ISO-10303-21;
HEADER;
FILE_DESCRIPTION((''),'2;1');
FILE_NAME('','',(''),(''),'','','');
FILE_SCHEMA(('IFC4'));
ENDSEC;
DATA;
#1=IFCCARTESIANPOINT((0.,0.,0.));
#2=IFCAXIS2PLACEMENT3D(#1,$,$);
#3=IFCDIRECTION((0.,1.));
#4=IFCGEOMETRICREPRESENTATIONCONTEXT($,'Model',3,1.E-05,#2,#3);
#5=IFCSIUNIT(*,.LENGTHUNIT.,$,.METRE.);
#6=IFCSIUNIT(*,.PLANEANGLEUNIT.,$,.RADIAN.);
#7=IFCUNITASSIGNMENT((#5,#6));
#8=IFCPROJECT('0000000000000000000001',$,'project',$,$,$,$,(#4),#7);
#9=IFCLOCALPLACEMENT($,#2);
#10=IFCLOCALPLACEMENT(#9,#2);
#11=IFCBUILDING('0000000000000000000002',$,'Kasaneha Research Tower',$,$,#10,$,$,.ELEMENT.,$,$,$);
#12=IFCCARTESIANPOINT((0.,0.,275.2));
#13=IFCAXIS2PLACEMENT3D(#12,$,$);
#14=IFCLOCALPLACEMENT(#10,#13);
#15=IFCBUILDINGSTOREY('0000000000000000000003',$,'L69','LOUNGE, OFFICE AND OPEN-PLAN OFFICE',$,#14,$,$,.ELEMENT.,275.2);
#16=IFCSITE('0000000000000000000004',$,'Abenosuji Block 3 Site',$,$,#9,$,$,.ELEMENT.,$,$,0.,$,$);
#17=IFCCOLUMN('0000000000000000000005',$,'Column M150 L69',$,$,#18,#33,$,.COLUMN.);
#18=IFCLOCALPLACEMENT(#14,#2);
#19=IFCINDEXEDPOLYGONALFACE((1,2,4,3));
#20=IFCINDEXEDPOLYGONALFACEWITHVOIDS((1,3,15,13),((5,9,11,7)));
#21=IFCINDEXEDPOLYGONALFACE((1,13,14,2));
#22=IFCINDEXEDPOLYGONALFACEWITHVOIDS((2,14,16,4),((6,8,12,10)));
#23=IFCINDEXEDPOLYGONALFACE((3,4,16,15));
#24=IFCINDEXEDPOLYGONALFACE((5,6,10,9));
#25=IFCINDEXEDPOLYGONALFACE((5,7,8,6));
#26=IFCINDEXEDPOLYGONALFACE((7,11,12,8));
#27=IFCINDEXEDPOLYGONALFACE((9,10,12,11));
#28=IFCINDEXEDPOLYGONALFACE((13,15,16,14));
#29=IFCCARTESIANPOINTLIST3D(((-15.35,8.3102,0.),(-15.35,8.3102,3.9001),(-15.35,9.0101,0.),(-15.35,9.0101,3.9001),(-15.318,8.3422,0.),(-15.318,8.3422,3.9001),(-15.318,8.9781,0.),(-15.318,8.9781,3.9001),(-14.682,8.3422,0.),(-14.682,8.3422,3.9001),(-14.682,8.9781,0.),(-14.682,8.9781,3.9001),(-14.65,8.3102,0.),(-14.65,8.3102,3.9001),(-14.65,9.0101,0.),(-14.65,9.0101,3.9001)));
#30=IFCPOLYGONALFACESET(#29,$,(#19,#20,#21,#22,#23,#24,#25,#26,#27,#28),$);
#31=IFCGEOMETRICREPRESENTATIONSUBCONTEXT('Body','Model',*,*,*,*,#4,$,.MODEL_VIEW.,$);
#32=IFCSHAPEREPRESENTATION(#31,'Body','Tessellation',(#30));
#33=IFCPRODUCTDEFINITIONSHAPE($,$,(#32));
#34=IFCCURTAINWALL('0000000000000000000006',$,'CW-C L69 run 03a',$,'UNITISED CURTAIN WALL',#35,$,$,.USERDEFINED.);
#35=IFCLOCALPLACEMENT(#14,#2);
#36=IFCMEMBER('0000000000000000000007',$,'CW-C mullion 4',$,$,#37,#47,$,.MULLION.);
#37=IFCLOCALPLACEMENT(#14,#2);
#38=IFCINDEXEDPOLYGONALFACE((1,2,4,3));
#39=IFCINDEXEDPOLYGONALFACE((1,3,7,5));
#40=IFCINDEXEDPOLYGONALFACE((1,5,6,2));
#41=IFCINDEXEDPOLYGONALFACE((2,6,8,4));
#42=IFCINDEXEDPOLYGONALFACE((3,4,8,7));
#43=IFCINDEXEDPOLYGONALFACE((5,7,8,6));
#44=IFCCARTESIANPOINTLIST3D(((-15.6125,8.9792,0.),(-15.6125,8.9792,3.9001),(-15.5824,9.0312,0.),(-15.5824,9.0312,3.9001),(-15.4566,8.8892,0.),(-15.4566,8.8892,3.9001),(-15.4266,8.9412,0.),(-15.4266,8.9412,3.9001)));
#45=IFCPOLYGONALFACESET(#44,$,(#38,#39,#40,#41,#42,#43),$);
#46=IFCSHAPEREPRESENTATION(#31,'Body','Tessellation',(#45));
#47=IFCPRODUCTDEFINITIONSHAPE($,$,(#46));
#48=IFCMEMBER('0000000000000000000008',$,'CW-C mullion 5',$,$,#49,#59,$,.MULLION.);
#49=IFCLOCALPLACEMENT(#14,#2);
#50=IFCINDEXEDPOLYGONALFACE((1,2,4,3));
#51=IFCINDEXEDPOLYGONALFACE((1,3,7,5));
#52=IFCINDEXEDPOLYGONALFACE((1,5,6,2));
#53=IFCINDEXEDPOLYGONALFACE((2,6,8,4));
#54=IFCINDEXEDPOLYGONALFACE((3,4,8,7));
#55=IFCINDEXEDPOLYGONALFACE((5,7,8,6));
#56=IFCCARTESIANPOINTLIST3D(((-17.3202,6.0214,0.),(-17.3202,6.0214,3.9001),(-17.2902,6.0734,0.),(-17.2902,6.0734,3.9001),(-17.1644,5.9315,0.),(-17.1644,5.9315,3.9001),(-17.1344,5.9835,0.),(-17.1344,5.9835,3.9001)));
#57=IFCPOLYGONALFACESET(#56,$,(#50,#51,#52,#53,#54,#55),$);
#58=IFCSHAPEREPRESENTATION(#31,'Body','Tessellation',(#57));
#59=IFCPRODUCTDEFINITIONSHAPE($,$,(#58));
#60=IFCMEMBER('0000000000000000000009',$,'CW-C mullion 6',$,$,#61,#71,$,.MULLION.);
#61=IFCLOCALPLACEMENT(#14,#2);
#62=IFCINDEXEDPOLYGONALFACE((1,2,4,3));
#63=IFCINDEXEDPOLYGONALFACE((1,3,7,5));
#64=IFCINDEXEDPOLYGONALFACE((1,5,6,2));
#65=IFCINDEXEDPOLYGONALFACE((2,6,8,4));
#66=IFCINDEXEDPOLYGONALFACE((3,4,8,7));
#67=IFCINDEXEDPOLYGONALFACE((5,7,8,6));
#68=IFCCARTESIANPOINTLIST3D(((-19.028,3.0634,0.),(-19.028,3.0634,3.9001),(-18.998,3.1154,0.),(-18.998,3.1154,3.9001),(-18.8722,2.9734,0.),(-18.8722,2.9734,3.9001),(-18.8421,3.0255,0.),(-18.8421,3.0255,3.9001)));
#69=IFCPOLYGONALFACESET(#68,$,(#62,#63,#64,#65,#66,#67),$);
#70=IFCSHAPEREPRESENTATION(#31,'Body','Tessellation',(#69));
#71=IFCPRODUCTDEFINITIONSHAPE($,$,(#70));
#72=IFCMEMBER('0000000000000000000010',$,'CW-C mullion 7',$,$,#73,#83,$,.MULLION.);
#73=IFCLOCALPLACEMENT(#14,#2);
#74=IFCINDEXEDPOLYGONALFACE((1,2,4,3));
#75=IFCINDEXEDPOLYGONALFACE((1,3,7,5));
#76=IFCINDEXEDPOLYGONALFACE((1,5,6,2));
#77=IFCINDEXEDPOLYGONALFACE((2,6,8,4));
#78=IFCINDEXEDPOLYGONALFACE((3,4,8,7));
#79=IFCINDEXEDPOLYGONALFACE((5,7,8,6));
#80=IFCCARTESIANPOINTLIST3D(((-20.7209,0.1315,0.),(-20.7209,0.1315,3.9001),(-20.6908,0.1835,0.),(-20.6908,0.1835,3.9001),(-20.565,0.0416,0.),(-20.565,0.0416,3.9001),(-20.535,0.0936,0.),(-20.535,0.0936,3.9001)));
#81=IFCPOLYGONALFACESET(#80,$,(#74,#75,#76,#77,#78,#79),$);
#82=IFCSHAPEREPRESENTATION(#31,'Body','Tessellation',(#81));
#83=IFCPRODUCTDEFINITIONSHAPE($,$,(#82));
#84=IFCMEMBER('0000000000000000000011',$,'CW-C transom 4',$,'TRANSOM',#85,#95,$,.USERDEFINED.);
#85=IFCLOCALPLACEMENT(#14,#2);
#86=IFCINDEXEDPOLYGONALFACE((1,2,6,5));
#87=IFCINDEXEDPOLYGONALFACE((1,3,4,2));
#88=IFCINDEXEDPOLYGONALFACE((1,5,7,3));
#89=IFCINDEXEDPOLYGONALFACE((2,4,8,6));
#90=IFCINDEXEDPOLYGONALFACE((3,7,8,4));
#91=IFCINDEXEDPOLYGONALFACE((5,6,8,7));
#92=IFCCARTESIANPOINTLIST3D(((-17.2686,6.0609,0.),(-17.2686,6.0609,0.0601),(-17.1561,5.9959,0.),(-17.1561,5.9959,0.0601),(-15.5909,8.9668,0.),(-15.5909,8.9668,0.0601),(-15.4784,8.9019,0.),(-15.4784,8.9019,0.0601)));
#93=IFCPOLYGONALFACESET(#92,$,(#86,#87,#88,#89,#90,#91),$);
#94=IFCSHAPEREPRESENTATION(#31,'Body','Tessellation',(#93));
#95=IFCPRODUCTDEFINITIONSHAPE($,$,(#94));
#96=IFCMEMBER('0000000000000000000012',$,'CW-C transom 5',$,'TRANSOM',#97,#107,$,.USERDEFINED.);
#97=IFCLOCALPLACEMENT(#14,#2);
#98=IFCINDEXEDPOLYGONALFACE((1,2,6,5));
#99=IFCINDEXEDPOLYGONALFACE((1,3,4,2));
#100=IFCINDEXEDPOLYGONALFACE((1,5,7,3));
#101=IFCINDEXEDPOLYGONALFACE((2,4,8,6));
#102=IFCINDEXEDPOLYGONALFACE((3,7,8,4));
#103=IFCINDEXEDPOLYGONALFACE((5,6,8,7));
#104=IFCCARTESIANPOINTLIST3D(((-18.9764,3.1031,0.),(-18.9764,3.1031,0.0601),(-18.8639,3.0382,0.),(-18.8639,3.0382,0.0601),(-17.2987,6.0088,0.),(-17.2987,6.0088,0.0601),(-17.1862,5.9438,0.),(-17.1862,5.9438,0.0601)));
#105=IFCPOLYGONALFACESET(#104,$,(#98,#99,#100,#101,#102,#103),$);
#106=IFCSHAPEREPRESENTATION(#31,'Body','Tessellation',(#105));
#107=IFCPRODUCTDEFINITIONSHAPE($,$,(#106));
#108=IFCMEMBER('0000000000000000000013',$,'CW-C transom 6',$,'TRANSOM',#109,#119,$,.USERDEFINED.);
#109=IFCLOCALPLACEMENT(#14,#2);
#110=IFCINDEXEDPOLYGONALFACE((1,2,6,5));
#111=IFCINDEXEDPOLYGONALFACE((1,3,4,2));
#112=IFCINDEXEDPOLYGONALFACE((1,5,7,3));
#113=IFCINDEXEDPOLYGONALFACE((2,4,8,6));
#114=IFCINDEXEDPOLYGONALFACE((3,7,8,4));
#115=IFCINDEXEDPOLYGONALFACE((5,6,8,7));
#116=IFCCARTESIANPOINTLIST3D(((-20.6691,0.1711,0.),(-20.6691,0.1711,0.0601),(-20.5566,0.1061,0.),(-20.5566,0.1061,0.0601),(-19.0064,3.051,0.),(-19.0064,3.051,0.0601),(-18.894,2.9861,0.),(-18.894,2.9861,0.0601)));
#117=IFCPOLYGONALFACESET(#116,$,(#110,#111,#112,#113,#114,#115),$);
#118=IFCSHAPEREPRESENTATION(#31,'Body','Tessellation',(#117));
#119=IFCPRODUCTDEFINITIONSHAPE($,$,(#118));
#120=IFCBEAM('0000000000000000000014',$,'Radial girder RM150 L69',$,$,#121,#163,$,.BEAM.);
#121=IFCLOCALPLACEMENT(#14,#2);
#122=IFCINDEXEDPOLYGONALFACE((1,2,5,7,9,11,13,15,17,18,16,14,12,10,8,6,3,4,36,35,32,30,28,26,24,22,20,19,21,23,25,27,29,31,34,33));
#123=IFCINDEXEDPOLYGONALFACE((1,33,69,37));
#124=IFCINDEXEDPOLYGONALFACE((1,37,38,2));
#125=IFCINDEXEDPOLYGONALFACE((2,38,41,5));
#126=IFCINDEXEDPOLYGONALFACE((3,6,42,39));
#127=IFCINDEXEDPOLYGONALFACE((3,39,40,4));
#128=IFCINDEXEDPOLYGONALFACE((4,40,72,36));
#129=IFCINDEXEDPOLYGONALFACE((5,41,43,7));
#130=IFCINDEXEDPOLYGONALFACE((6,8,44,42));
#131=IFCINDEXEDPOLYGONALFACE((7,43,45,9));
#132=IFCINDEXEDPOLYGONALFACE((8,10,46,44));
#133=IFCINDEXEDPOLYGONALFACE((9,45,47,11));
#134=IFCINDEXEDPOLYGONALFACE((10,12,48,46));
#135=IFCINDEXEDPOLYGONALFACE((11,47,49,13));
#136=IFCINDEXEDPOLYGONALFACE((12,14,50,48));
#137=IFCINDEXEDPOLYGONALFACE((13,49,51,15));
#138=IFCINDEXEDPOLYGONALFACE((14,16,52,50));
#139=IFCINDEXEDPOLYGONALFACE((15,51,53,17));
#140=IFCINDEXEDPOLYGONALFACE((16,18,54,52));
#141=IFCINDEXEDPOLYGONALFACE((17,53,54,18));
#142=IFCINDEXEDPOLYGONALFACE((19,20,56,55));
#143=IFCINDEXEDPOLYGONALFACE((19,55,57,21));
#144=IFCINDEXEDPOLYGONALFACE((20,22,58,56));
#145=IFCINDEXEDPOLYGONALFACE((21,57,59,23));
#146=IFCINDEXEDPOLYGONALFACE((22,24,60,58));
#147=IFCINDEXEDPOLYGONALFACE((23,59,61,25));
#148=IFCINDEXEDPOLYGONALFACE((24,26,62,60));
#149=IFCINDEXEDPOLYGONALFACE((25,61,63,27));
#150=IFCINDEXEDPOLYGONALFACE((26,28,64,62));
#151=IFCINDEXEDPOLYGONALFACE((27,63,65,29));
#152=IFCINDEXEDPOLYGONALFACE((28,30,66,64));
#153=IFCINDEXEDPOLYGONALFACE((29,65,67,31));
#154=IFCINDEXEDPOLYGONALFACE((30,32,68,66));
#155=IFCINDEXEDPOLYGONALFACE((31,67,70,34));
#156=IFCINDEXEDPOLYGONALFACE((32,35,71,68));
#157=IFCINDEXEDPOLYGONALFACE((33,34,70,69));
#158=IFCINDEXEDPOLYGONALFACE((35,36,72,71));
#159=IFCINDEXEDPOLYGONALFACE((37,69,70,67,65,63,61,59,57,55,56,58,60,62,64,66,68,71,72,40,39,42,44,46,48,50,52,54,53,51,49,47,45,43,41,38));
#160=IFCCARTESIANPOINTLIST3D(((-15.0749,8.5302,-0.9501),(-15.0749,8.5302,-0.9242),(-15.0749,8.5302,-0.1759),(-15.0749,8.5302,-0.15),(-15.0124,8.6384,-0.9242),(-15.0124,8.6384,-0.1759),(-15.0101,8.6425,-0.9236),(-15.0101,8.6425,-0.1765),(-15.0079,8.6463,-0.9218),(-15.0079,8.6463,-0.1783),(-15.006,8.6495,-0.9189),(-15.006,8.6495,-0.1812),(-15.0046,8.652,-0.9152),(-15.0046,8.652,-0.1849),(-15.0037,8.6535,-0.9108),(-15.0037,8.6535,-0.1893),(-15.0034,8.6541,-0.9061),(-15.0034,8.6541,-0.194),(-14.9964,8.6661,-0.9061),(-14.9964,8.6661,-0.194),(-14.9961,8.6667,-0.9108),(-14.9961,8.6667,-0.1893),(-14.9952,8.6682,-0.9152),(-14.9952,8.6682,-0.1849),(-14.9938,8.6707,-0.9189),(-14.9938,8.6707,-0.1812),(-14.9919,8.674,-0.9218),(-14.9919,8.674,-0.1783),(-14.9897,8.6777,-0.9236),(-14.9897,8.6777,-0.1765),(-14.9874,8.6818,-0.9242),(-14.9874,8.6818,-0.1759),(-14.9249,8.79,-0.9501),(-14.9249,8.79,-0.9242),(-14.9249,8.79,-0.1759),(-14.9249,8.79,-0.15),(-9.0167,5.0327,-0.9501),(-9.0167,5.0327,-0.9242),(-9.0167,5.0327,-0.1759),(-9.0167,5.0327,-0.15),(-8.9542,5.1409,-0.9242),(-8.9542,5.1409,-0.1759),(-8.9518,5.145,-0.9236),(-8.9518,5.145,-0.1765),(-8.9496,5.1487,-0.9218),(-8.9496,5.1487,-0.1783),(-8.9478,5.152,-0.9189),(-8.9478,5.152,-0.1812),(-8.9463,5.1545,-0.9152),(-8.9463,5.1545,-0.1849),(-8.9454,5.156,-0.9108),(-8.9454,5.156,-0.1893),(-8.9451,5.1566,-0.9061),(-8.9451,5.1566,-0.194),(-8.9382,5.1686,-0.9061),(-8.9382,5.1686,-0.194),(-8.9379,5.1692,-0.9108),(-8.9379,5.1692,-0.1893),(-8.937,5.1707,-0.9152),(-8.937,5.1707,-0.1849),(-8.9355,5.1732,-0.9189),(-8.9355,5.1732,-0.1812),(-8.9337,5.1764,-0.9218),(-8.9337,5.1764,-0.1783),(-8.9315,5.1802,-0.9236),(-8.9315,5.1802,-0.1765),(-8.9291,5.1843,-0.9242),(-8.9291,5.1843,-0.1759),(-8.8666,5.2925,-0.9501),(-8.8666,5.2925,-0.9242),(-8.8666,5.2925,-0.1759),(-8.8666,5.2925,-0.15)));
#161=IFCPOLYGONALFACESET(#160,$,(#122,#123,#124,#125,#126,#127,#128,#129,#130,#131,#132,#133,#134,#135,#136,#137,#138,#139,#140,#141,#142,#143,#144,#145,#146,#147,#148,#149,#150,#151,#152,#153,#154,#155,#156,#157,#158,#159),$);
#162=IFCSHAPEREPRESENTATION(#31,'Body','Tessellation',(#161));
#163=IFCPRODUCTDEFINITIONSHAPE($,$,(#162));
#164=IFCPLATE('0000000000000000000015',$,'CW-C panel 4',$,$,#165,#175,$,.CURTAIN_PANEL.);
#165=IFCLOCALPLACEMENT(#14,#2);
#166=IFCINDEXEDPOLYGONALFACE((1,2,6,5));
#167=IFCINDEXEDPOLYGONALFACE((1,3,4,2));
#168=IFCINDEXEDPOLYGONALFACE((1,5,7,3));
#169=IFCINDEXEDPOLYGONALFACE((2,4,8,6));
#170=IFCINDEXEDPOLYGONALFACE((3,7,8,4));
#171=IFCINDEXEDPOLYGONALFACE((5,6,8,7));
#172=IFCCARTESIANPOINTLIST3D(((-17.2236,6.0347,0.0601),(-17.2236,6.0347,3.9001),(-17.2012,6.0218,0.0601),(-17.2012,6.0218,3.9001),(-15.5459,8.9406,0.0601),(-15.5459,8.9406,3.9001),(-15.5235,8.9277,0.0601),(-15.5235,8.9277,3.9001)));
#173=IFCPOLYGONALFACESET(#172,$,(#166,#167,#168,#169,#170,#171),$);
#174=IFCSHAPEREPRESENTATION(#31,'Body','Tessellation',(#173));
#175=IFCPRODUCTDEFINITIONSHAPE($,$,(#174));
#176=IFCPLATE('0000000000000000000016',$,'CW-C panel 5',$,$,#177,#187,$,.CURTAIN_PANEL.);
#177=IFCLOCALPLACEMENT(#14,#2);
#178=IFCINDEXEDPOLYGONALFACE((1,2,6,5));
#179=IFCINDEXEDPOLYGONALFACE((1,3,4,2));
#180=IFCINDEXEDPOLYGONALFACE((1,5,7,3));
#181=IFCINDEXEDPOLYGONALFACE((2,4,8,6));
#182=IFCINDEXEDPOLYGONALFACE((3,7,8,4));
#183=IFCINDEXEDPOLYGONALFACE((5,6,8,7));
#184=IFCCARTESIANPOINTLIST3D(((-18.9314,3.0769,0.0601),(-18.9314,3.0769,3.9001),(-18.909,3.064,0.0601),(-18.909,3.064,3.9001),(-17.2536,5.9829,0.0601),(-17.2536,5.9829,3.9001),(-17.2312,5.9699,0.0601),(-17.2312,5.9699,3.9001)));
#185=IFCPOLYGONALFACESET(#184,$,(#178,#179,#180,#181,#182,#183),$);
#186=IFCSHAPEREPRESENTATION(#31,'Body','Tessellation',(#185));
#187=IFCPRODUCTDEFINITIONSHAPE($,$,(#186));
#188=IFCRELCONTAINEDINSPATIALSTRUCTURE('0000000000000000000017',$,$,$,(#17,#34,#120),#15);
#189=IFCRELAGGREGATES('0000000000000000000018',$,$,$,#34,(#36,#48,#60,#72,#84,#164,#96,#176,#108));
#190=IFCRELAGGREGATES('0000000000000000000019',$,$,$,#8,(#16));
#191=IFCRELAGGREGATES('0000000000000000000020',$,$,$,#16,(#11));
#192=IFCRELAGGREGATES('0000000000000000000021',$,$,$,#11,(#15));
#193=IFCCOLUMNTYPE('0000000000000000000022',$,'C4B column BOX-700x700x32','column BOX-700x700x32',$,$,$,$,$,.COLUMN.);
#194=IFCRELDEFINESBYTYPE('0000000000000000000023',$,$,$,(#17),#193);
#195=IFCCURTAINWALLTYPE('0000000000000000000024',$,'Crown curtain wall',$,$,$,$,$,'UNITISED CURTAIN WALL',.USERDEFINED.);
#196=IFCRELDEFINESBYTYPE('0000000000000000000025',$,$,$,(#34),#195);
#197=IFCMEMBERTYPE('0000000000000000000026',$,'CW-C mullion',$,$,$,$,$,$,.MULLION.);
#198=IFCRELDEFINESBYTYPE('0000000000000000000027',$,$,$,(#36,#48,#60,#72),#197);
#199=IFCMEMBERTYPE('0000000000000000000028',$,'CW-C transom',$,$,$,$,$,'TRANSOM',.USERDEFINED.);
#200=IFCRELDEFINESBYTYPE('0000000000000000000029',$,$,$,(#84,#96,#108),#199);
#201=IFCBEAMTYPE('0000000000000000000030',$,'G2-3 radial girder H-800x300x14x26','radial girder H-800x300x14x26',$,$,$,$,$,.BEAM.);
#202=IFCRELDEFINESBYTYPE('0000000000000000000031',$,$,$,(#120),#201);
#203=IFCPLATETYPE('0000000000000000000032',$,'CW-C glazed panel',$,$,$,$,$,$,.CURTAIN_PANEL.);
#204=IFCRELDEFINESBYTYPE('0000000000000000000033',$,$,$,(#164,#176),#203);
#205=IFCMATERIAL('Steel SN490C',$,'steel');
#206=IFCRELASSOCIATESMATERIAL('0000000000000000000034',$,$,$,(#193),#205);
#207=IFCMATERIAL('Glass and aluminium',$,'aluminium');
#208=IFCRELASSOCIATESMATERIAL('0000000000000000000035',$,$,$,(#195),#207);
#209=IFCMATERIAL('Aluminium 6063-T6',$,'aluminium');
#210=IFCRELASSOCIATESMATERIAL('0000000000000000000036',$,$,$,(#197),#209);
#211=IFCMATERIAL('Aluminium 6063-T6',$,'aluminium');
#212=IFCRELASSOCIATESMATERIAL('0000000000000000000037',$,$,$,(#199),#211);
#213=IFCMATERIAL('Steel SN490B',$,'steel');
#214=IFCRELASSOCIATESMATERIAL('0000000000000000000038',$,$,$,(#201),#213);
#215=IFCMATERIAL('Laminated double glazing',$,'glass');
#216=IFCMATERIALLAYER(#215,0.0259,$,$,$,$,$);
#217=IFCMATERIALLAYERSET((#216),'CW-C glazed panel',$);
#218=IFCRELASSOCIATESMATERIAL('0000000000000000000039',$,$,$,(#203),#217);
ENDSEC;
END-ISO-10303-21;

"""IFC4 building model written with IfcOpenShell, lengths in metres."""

from ifc_helpers import new_model, si_unit, direction, frame, origin, origin_2d, place, context, subcontext, project, spatial, rectangle, hollow_rectangle, i_section, extrude, material, layer, layer_set, material_profile, profile_set, type_object, element, aggregate, save


model = new_model("IFC4")

# Units and contexts
model_context = context("Model", 3, precision=1e-05, world=origin(), true_north=direction((0.0, 1.0)))
body_context = subcontext(model_context, "Body", "Model", "MODEL_VIEW")
ifc_project = project(units=[si_unit("LENGTHUNIT", "METRE"), si_unit("PLANEANGLEUNIT", "RADIAN")], contexts=[model_context])

# Site, building, storey
site_placement = place(None, origin())
site = spatial("IfcSite", under=ifc_project, at=site_placement, Name="Abenosuji Block 3 Site", CompositionType="ELEMENT", RefElevation=0.0)
building_placement = place(site_placement, origin())
building = spatial("IfcBuilding", under=site, at=building_placement, Name="Kasaneha Research Tower", CompositionType="ELEMENT")
storey_placement = place(building_placement, frame((0.0, 0.0, 275.2)))
storey = spatial("IfcBuildingStorey", under=building, at=storey_placement, Name="L69", Description="LOUNGE, OFFICE AND OPEN-PLAN OFFICE", CompositionType="ELEMENT", Elevation=275.2)

# Column
ifc_material_1 = material(Name="Steel SN490C", Category="steel")
ifc_material_profile_1 = material_profile(ifc_material_1, hollow_rectangle(XDim=0.7, YDim=0.7, WallThickness=0.032, at=origin_2d()), Name="BOX-700x700x32")
ifc_profile_set_1 = profile_set([ifc_material_profile_1], Name="Steel SN490C")
column_type = type_object("IfcColumnType", Name="C4B column BOX-700x700x32", Description="column BOX-700x700x32", PredefinedType="COLUMN", material=ifc_profile_set_1)
column_placement = place(storey_placement, frame((-15.0, 8.6602, 0.0), z_axis=(0.0, 0.0, 1.0), x_axis=(1.0, 0.0, 0.0)))
element("IfcColumn", 1, at=column_placement, inside=storey, type_object=column_type, Name="Column M150 L69", PredefinedType="COLUMN", context=body_context, shape_type="SweptSolid", body=[
    extrude(hollow_rectangle(XDim=0.7, YDim=0.7, WallThickness=0.032, at=origin_2d()), origin(), (0.0, 0.0, 1.0), 3.9001),
])

# Curtain wall, members
ifc_material_2 = material(Name="Glass and aluminium", Category="aluminium")
curtain_wall_type = type_object("IfcCurtainWallType", Name="Crown curtain wall", ElementType="UNITISED CURTAIN WALL", PredefinedType="USERDEFINED", material=ifc_material_2)
curtain_wall_placement = place(storey_placement, origin())
curtain_wall = element("IfcCurtainWall", 2, at=curtain_wall_placement, inside=storey, type_object=curtain_wall_type, Name="CW-C L69 run 03a", ObjectType="UNITISED CURTAIN WALL", PredefinedType="USERDEFINED")
ifc_material_3 = material(Name="Aluminium 6063-T6", Category="aluminium")
ifc_material_profile_2 = material_profile(ifc_material_3, rectangle(XDim=0.0601, YDim=0.1799, at=origin_2d()), Name="CW-C mullion 60x180")
ifc_profile_set_2 = profile_set([ifc_material_profile_2], Name="Aluminium 6063-T6")
member_type_1 = type_object("IfcMemberType", Name="CW-C mullion", PredefinedType="MULLION", material=ifc_profile_set_2)
member_1_placement = place(storey_placement, frame((-15.5195, 8.9602, 0.0), z_axis=(0.0, 0.0, 1.0), x_axis=(-0.5, -0.866025, 0.0)))
member_1 = element("IfcMember", 3, at=member_1_placement, type_object=member_type_1, Name="CW-C mullion 4", PredefinedType="MULLION", context=body_context, shape_type="SweptSolid", body=[
    extrude(rectangle(XDim=0.0601, YDim=0.1799, at=origin_2d()), origin(), (0.0, 0.0, 1.0), 3.9001),
])
member_2_placement = place(storey_placement, frame((-17.2273, 6.0024, 0.0), z_axis=(0.0, 0.0, 1.0), x_axis=(-0.5, -0.866025, 0.0)))
member_2 = element("IfcMember", 4, at=member_2_placement, type_object=member_type_1, Name="CW-C mullion 5", PredefinedType="MULLION", context=body_context, shape_type="SweptSolid", body=[
    extrude(rectangle(XDim=0.0601, YDim=0.1799, at=origin_2d()), origin(), (0.0, 0.0, 1.0), 3.9001),
])
member_3_placement = place(storey_placement, frame((-18.9351, 3.0444, 0.0), z_axis=(0.0, 0.0, 1.0), x_axis=(-0.5, -0.866025, 0.0)))
member_3 = element("IfcMember", 5, at=member_3_placement, type_object=member_type_1, Name="CW-C mullion 6", PredefinedType="MULLION", context=body_context, shape_type="SweptSolid", body=[
    extrude(rectangle(XDim=0.0601, YDim=0.1799, at=origin_2d()), origin(), (0.0, 0.0, 1.0), 3.9001),
])
member_4_placement = place(storey_placement, frame((-20.6279, 0.1125, 0.0), z_axis=(0.0, 0.0, 1.0), x_axis=(-0.5, -0.866025, 0.0)))
member_4 = element("IfcMember", 6, at=member_4_placement, type_object=member_type_1, Name="CW-C mullion 7", PredefinedType="MULLION", context=body_context, shape_type="SweptSolid", body=[
    extrude(rectangle(XDim=0.0601, YDim=0.1799, at=origin_2d()), origin(), (0.0, 0.0, 1.0), 3.9001),
])
ifc_material_4 = material(Name="Aluminium 6063-T6", Category="aluminium")
ifc_material_profile_3 = material_profile(ifc_material_4, rectangle(XDim=0.1299, YDim=0.0601, at=origin_2d()), Name="CW-C transom 130x60")
ifc_profile_set_3 = profile_set([ifc_material_profile_3], Name="Aluminium 6063-T6")
member_type_2 = type_object("IfcMemberType", Name="CW-C transom", ElementType="TRANSOM", PredefinedType="USERDEFINED", material=ifc_profile_set_3)
member_5_placement = place(storey_placement, frame((-15.5347, 8.9343, 0.03), z_axis=(-0.499989, -0.866032, 0.0), x_axis=(0.866032, -0.499989, 0.0)))
member_5 = element("IfcMember", 7, at=member_5_placement, type_object=member_type_2, Name="CW-C transom 4", ObjectType="TRANSOM", PredefinedType="USERDEFINED", context=body_context, shape_type="SweptSolid", body=[
    extrude(rectangle(XDim=0.1299, YDim=0.0601, at=origin_2d()), origin(), (0.0, 0.0, 1.0), 3.3555),
])
member_6_placement = place(storey_placement, frame((-17.2424, 5.9763, 0.03), z_axis=(-0.500021, -0.866014, 0.0), x_axis=(0.866014, -0.500021, 0.0)))
member_6 = element("IfcMember", 8, at=member_6_placement, type_object=member_type_2, Name="CW-C transom 5", ObjectType="TRANSOM", PredefinedType="USERDEFINED", context=body_context, shape_type="SweptSolid", body=[
    extrude(rectangle(XDim=0.1299, YDim=0.0601, at=origin_2d()), origin(), (0.0, 0.0, 1.0), 3.3552),
])
member_7_placement = place(storey_placement, frame((-18.9502, 3.0186, 0.03), z_axis=(-0.499977, -0.866039, 0.0), x_axis=(0.866039, -0.499977, 0.0)))
member_7 = element("IfcMember", 9, at=member_7_placement, type_object=member_type_2, Name="CW-C transom 6", ObjectType="TRANSOM", PredefinedType="USERDEFINED", context=body_context, shape_type="SweptSolid", body=[
    extrude(rectangle(XDim=0.1299, YDim=0.0601, at=origin_2d()), origin(), (0.0, 0.0, 1.0), 3.3254),
])

# Beam
ifc_material_5 = material(Name="Steel SN490B", Category="steel")
ifc_material_profile_4 = material_profile(ifc_material_5, i_section(OverallWidth=0.3, OverallDepth=0.8, WebThickness=0.0139, FlangeThickness=0.0259, FilletRadius=0.0181, at=origin_2d()), Name="H-800x300x14x26")
ifc_profile_set_4 = profile_set([ifc_material_profile_4], Name="Steel SN490B")
beam_type = type_object("IfcBeamType", Name="G2-3 radial girder H-800x300x14x26", Description="radial girder H-800x300x14x26", PredefinedType="BEAM", material=ifc_profile_set_4)
beam_placement = place(storey_placement, frame((-8.9417, 5.1626, -0.55), z_axis=(-0.86604, 0.499975, 0.0), x_axis=(-0.499975, -0.86604, 0.0)))
element("IfcBeam", 10, at=beam_placement, inside=storey, type_object=beam_type, Name="Radial girder RM150 L69", PredefinedType="BEAM", context=body_context, shape_type="SweptSolid", body=[
    extrude(i_section(OverallWidth=0.3, OverallDepth=0.8, WebThickness=0.0139, FlangeThickness=0.0259, FilletRadius=0.0181, at=origin_2d()), origin(), (0.0, 0.0, 1.0), 6.9954),
])

# Plates
ifc_material_6 = material(Name="Laminated double glazing", Category="glass")
ifc_layer_1 = layer(ifc_material_6, 0.0259)
ifc_layer_set_1 = layer_set([ifc_layer_1], Name="CW-C glazed panel")
plate_type = type_object("IfcPlateType", Name="CW-C glazed panel", PredefinedType="CURTAIN_PANEL", material=ifc_layer_set_1)
plate_1_placement = place(storey_placement, frame((-16.3735, 7.4812, 0.0601), z_axis=(0.0, 0.0, 1.0), x_axis=(-0.5, -0.866025, 0.0)))
plate_1 = element("IfcPlate", 11, at=plate_1_placement, type_object=plate_type, Name="CW-C panel 4", PredefinedType="CURTAIN_PANEL", context=body_context, shape_type="SweptSolid", body=[
    extrude(rectangle(XDim=3.3555, YDim=0.0259, at=origin_2d()), origin(), (0.0, 0.0, 1.0), 3.8401),
])
plate_2_placement = place(storey_placement, frame((-18.0813, 4.5234, 0.0601), z_axis=(0.0, 0.0, 1.0), x_axis=(-0.5, -0.866025, 0.0)))
plate_2 = element("IfcPlate", 12, at=plate_2_placement, type_object=plate_type, Name="CW-C panel 5", PredefinedType="CURTAIN_PANEL", context=body_context, shape_type="SweptSolid", body=[
    extrude(rectangle(XDim=3.3555, YDim=0.0259, at=origin_2d()), origin(), (0.0, 0.0, 1.0), 3.8401),
])
aggregate(curtain_wall, [member_1, member_2, member_3, member_4, member_5, plate_1, member_6, plate_2, member_7])

save(model, "model.ifc")
